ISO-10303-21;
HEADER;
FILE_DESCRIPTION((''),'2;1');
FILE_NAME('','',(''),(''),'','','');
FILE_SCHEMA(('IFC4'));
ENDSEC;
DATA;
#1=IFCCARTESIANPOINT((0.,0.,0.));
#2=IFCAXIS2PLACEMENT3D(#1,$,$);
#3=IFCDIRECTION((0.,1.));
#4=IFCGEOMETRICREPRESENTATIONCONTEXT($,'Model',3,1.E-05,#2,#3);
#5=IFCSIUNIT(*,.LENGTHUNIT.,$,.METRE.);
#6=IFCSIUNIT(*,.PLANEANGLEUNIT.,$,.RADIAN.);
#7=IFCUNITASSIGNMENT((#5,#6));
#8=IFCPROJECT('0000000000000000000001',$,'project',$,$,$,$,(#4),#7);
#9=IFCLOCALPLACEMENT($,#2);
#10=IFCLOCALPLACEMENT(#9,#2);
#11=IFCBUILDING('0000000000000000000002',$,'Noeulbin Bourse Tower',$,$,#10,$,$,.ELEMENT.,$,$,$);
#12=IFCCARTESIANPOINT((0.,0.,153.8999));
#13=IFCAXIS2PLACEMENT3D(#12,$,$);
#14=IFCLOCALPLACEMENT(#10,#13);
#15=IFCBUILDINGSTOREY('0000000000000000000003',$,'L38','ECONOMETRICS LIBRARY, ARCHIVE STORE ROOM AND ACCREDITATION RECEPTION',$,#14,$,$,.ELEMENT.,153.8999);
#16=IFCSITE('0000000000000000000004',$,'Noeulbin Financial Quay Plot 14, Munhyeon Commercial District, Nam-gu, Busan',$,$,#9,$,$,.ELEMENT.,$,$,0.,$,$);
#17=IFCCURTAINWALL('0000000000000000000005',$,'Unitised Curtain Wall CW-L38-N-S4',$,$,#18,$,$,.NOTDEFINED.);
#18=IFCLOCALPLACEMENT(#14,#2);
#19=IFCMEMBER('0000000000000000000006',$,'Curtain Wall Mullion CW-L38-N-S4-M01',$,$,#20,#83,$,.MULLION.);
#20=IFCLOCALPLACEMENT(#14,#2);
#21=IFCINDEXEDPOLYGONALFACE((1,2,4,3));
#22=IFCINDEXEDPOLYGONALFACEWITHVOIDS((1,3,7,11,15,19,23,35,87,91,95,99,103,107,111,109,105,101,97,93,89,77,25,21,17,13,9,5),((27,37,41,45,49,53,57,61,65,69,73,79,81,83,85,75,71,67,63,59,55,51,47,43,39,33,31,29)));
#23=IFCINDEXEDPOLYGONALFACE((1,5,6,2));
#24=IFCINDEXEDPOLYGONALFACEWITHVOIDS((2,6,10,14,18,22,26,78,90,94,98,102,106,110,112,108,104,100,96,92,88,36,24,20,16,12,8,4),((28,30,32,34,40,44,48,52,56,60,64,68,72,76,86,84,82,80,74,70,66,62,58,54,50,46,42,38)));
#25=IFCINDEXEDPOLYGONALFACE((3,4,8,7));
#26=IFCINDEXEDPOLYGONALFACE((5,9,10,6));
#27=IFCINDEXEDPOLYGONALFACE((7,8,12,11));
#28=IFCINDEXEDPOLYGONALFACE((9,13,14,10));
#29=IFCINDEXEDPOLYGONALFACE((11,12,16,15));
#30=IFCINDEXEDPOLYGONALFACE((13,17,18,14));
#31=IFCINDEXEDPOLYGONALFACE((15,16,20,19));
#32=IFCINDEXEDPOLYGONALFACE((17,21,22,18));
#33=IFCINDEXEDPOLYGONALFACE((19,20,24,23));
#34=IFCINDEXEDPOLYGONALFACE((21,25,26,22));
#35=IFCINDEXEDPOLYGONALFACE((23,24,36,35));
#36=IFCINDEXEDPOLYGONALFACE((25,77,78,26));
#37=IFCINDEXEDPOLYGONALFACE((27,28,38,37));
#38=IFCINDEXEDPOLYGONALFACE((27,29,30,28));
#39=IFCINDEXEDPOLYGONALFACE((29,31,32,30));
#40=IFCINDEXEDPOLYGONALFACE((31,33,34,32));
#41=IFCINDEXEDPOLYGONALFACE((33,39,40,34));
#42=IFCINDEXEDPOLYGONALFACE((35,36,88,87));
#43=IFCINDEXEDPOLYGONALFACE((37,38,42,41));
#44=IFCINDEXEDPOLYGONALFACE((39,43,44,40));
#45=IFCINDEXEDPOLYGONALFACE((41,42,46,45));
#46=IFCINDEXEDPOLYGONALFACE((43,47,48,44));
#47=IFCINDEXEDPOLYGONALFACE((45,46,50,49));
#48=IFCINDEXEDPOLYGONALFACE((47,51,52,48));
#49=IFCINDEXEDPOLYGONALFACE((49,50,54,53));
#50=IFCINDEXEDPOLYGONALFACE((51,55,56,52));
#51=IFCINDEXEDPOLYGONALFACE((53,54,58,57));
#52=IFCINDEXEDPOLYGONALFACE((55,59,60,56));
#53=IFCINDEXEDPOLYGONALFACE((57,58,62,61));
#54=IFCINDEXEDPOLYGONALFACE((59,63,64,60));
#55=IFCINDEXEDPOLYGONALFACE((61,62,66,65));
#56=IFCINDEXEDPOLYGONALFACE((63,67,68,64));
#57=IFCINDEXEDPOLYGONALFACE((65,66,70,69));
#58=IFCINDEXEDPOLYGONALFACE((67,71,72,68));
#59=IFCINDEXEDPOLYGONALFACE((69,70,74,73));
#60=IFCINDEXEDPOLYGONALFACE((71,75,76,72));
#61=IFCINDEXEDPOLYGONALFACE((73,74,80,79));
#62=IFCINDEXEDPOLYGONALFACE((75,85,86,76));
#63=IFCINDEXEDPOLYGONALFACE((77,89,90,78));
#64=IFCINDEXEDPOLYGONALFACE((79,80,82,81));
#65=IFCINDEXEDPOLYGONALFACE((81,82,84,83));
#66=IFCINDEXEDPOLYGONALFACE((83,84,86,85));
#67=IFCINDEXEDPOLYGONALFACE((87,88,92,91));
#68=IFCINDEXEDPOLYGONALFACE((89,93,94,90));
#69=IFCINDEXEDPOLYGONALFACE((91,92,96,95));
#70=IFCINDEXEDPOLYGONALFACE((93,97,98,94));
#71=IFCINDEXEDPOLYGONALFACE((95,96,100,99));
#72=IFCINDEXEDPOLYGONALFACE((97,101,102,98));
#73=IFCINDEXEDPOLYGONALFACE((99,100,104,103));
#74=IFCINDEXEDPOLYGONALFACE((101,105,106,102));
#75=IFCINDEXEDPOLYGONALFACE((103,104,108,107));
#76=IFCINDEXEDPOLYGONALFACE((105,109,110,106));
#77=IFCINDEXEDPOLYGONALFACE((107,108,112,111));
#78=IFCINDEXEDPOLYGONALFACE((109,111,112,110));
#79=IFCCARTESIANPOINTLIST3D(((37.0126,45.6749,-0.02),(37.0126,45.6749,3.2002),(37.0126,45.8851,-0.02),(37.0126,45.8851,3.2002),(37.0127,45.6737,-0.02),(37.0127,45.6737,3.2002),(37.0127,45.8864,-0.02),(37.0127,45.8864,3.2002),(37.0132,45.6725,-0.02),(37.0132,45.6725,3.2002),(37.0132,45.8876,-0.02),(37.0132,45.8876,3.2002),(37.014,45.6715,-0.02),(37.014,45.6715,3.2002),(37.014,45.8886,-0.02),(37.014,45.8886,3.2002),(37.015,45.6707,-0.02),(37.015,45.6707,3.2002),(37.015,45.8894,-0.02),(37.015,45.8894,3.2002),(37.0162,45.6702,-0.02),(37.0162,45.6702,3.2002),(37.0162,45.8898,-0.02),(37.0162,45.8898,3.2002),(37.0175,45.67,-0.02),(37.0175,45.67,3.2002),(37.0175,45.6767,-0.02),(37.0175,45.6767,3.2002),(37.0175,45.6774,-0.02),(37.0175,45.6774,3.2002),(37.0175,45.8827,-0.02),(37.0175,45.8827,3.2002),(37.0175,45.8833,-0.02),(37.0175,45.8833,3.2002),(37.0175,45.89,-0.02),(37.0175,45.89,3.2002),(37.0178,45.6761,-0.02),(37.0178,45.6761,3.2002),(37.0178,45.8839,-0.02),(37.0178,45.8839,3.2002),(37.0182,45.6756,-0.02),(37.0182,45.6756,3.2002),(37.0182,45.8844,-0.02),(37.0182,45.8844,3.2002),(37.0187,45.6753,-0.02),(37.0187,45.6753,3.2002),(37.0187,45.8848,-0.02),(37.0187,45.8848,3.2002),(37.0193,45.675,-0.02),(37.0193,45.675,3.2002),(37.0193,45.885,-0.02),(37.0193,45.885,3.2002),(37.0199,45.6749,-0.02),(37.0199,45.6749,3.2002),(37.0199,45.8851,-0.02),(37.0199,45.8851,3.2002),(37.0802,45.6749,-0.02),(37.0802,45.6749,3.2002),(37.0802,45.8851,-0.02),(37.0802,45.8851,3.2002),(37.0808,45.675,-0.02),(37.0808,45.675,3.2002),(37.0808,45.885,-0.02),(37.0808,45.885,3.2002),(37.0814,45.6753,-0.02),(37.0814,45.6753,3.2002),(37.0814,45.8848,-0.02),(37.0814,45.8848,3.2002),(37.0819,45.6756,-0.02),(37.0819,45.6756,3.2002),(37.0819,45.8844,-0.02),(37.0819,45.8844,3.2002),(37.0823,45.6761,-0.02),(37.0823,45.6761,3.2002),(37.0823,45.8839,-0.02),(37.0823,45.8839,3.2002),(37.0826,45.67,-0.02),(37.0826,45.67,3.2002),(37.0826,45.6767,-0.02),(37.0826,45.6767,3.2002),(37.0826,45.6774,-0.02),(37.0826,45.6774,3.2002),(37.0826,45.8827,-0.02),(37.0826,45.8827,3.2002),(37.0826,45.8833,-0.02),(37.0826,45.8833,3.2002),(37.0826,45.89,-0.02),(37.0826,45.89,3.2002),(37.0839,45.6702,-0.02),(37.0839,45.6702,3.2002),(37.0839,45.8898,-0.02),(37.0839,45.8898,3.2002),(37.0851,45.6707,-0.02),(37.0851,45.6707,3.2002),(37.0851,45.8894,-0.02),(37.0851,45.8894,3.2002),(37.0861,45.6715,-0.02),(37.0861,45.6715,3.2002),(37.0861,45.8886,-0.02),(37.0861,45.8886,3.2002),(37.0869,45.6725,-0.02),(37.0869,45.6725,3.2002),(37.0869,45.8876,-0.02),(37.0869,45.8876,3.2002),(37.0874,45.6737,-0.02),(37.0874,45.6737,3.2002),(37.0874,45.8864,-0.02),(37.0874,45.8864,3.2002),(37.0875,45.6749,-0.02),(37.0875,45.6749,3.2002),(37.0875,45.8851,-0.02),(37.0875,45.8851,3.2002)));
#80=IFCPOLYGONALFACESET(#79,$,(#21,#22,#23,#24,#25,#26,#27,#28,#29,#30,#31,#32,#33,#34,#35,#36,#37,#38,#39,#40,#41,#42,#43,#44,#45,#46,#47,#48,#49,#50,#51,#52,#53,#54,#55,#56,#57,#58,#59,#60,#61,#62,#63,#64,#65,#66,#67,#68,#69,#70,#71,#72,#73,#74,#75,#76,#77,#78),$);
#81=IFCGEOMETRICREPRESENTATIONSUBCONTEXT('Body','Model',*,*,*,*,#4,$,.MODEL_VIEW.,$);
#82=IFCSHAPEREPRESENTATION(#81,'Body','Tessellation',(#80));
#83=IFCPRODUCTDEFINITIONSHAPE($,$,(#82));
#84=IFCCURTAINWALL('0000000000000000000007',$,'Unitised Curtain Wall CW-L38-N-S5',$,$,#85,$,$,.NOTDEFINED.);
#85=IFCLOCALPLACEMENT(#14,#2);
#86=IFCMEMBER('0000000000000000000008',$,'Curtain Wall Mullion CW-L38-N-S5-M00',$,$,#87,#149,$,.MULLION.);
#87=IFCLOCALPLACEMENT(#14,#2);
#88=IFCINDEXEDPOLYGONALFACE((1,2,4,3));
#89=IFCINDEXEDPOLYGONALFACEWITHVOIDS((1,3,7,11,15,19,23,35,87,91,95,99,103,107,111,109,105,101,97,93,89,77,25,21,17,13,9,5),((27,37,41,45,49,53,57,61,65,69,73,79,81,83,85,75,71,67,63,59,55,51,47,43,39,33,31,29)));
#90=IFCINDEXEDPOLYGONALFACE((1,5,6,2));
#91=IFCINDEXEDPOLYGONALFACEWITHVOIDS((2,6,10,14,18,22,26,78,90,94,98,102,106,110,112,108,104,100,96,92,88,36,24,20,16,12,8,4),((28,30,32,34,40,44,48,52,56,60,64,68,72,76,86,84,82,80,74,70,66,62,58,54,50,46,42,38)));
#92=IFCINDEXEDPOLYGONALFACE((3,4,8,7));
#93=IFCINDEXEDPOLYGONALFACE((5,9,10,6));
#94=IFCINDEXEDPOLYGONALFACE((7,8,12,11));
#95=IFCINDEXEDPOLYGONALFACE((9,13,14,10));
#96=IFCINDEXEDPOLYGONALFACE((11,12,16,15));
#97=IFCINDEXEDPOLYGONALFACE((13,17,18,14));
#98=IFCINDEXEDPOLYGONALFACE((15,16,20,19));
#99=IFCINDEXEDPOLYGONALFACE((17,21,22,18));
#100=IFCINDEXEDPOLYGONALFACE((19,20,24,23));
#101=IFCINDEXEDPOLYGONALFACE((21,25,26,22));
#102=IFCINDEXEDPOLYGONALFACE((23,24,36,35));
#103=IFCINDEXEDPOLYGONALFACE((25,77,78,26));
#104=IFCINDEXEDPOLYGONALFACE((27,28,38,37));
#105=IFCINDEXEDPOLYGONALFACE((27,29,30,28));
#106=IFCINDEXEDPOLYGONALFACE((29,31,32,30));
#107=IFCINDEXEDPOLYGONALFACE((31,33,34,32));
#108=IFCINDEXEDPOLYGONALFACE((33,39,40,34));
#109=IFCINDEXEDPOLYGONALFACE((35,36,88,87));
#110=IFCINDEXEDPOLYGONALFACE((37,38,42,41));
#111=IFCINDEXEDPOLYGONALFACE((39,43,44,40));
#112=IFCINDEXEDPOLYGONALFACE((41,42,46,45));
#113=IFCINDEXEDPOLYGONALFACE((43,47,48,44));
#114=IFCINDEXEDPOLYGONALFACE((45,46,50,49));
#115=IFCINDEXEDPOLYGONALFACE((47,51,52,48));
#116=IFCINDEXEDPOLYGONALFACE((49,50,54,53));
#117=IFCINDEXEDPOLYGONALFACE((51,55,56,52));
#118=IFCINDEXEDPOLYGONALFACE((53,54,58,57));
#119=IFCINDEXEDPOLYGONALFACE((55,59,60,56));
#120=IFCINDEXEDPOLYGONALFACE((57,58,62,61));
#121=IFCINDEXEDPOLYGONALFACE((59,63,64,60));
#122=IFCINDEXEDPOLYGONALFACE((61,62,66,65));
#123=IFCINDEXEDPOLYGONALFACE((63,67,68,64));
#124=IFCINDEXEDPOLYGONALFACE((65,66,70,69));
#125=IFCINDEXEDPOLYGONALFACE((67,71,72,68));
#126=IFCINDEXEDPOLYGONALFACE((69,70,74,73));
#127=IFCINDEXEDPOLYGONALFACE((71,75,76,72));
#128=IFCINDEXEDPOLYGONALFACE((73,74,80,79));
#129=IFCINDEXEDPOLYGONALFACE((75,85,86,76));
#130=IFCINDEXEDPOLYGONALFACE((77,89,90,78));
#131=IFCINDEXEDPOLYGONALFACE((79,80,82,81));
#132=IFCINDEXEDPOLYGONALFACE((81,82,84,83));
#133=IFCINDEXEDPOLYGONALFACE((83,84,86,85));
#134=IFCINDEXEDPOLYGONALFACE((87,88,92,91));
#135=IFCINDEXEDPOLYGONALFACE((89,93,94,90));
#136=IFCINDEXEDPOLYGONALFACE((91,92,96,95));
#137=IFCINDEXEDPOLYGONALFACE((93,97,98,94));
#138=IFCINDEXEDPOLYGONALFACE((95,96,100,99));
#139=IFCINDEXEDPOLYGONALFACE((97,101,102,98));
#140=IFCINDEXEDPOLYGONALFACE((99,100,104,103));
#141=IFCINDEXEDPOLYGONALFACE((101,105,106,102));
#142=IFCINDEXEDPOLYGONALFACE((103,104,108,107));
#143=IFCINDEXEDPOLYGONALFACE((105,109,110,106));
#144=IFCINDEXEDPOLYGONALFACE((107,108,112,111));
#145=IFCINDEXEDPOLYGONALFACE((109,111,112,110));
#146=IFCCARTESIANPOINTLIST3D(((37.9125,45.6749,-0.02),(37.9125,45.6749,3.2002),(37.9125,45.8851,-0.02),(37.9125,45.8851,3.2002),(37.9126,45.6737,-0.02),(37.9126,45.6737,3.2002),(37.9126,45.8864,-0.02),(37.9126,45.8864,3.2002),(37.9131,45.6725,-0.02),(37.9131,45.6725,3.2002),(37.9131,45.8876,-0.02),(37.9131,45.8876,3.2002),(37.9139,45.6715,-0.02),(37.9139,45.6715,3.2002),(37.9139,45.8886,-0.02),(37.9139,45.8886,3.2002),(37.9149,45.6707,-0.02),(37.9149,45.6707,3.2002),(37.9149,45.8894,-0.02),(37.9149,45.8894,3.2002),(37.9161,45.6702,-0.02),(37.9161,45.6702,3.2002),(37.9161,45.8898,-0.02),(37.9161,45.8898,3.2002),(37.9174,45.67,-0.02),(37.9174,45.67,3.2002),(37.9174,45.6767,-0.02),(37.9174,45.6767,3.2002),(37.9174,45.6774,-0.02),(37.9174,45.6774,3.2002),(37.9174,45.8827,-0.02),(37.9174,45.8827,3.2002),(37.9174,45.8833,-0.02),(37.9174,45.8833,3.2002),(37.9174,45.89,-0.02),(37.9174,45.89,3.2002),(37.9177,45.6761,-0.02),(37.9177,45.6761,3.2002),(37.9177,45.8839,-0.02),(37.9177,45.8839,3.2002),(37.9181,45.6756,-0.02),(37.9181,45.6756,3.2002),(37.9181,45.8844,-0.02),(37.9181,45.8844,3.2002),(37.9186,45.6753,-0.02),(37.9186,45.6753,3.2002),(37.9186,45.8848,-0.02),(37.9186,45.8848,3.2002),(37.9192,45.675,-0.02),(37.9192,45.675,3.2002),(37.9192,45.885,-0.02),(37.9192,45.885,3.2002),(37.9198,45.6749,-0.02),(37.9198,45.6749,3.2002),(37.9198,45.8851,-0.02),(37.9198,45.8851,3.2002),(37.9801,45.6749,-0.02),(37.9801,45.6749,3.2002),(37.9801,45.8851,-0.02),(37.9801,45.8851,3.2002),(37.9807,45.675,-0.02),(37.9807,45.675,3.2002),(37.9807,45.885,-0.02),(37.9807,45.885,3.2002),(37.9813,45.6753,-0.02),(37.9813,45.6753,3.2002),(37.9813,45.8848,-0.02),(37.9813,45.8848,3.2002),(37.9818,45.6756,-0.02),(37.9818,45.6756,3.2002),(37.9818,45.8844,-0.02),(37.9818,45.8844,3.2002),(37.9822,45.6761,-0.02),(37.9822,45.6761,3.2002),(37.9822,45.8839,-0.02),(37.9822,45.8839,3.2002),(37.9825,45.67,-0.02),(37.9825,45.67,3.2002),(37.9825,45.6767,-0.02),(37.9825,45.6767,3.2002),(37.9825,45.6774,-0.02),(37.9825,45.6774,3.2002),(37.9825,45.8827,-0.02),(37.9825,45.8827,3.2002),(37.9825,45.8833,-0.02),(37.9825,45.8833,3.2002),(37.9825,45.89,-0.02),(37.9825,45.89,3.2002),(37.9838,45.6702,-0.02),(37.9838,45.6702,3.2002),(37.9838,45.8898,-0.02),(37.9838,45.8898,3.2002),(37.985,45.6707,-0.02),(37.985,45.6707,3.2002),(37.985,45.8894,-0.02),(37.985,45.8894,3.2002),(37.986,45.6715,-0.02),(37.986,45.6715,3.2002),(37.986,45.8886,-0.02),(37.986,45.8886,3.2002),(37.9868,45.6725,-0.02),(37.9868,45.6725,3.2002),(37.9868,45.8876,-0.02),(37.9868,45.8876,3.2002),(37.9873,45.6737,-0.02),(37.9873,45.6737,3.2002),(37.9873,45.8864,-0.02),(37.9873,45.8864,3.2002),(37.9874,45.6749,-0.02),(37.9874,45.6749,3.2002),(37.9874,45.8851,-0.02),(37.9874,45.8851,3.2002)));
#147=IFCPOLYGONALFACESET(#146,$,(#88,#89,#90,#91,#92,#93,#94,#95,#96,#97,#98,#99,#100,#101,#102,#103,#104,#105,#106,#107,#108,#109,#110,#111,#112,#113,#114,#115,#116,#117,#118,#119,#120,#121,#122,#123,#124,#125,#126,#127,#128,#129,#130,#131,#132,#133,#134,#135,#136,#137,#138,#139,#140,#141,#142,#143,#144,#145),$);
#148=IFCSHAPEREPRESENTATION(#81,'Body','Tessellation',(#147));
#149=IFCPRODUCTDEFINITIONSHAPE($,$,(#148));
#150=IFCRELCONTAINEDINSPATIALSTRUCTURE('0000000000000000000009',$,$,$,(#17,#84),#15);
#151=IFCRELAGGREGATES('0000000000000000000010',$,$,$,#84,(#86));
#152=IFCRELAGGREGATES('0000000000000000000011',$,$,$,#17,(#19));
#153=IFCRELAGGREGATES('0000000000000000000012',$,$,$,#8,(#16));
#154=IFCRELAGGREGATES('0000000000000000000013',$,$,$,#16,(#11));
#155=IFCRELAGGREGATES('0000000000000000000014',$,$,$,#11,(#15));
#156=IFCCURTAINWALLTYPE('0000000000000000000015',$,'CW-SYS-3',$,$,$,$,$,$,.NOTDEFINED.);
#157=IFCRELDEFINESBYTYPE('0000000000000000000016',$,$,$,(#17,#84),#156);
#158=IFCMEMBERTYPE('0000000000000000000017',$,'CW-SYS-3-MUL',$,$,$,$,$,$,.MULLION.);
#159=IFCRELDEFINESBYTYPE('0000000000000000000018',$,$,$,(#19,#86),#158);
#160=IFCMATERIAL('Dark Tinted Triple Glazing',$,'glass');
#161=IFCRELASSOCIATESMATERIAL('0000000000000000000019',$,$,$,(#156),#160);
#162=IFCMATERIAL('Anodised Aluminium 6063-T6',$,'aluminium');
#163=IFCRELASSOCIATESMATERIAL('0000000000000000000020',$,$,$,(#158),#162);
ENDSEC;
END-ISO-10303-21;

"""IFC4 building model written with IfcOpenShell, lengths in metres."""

from ifc_helpers import new_model, si_unit, direction, frame, origin, origin_2d, place, context, subcontext, project, spatial, hollow_rectangle, extrude, material, material_profile, profile_set, type_object, element, aggregate, save


model = new_model("IFC4")

# Units and contexts
model_context = context("Model", 3, precision=1e-05, world=origin(), true_north=direction((0.0, 1.0)))
body_context = subcontext(model_context, "Body", "Model", "MODEL_VIEW")
ifc_project = project(units=[si_unit("LENGTHUNIT", "METRE"), si_unit("PLANEANGLEUNIT", "RADIAN")], contexts=[model_context])

# Site, building, storey
site_placement = place(None, origin())
site = spatial("IfcSite", under=ifc_project, at=site_placement, Name="Noeulbin Financial Quay Plot 14, Munhyeon Commercial District, Nam-gu, Busan", CompositionType="ELEMENT", RefElevation=0.0)
building_placement = place(site_placement, origin())
building = spatial("IfcBuilding", under=site, at=building_placement, Name="Noeulbin Bourse Tower", CompositionType="ELEMENT")
storey_placement = place(building_placement, frame((0.0, 0.0, 153.8999)))
storey = spatial("IfcBuildingStorey", under=building, at=storey_placement, Name="L38", Description="ECONOMETRICS LIBRARY, ARCHIVE STORE ROOM AND ACCREDITATION RECEPTION", CompositionType="ELEMENT", Elevation=153.8999)

# Shared definitions
ifc_material_1 = material(Name="Dark Tinted Triple Glazing", Category="glass")
curtain_wall_type = type_object("IfcCurtainWallType", Name="CW-SYS-3", PredefinedType="NOTDEFINED", material=ifc_material_1)
ifc_material_2 = material(Name="Anodised Aluminium 6063-T6", Category="aluminium")
ifc_material_profile_1 = material_profile(ifc_material_2, hollow_rectangle(XDim=0.075, YDim=0.22, WallThickness=0.0049, InnerFilletRadius=0.0024, OuterFilletRadius=0.0049, at=origin_2d()), Name="ALU-MULL-75x220x5", Category="LoadBearing")
ifc_profile_set_1 = profile_set([ifc_material_profile_1], Name="Anodised Aluminium 6063-T6")
member_type_1 = type_object("IfcMemberType", Name="CW-SYS-3-MUL", PredefinedType="MULLION", material=ifc_profile_set_1)

# Curtain wall, member
curtain_wall_1_placement = place(storey_placement, origin())
curtain_wall_1 = element("IfcCurtainWall", 1, at=curtain_wall_1_placement, inside=storey, type_object=curtain_wall_type, Name="Unitised Curtain Wall CW-L38-N-S4", PredefinedType="NOTDEFINED")
member_1_placement = place(storey_placement, frame((37.05, 45.78, -0.02), z_axis=(0.0, 0.0, 1.0), x_axis=(1.0, 0.0, 0.0)))
member_1 = element("IfcMember", 2, at=member_1_placement, type_object=member_type_1, Name="Curtain Wall Mullion CW-L38-N-S4-M01", PredefinedType="MULLION", context=body_context, shape_type="SweptSolid", body=[
    extrude(hollow_rectangle(XDim=0.075, YDim=0.22, WallThickness=0.0049, InnerFilletRadius=0.0024, OuterFilletRadius=0.0049, at=origin_2d()), origin(), (0.0, 0.0, 1.0), 3.2202),
])

# Curtain wall, member
curtain_wall_2_placement = place(storey_placement, origin())
curtain_wall_2 = element("IfcCurtainWall", 3, at=curtain_wall_2_placement, inside=storey, type_object=curtain_wall_type, Name="Unitised Curtain Wall CW-L38-N-S5", PredefinedType="NOTDEFINED")
member_2_placement = place(storey_placement, frame((37.95, 45.78, -0.02), z_axis=(0.0, 0.0, 1.0), x_axis=(1.0, 0.0, 0.0)))
member_2 = element("IfcMember", 4, at=member_2_placement, type_object=member_type_1, Name="Curtain Wall Mullion CW-L38-N-S5-M00", PredefinedType="MULLION", context=body_context, shape_type="SweptSolid", body=[
    extrude(hollow_rectangle(XDim=0.075, YDim=0.22, WallThickness=0.0049, InnerFilletRadius=0.0024, OuterFilletRadius=0.0049, at=origin_2d()), origin(), (0.0, 0.0, 1.0), 3.2202),
])

aggregate(curtain_wall_2, [member_2])

aggregate(curtain_wall_1, [member_1])

save(model, "model.ifc")
